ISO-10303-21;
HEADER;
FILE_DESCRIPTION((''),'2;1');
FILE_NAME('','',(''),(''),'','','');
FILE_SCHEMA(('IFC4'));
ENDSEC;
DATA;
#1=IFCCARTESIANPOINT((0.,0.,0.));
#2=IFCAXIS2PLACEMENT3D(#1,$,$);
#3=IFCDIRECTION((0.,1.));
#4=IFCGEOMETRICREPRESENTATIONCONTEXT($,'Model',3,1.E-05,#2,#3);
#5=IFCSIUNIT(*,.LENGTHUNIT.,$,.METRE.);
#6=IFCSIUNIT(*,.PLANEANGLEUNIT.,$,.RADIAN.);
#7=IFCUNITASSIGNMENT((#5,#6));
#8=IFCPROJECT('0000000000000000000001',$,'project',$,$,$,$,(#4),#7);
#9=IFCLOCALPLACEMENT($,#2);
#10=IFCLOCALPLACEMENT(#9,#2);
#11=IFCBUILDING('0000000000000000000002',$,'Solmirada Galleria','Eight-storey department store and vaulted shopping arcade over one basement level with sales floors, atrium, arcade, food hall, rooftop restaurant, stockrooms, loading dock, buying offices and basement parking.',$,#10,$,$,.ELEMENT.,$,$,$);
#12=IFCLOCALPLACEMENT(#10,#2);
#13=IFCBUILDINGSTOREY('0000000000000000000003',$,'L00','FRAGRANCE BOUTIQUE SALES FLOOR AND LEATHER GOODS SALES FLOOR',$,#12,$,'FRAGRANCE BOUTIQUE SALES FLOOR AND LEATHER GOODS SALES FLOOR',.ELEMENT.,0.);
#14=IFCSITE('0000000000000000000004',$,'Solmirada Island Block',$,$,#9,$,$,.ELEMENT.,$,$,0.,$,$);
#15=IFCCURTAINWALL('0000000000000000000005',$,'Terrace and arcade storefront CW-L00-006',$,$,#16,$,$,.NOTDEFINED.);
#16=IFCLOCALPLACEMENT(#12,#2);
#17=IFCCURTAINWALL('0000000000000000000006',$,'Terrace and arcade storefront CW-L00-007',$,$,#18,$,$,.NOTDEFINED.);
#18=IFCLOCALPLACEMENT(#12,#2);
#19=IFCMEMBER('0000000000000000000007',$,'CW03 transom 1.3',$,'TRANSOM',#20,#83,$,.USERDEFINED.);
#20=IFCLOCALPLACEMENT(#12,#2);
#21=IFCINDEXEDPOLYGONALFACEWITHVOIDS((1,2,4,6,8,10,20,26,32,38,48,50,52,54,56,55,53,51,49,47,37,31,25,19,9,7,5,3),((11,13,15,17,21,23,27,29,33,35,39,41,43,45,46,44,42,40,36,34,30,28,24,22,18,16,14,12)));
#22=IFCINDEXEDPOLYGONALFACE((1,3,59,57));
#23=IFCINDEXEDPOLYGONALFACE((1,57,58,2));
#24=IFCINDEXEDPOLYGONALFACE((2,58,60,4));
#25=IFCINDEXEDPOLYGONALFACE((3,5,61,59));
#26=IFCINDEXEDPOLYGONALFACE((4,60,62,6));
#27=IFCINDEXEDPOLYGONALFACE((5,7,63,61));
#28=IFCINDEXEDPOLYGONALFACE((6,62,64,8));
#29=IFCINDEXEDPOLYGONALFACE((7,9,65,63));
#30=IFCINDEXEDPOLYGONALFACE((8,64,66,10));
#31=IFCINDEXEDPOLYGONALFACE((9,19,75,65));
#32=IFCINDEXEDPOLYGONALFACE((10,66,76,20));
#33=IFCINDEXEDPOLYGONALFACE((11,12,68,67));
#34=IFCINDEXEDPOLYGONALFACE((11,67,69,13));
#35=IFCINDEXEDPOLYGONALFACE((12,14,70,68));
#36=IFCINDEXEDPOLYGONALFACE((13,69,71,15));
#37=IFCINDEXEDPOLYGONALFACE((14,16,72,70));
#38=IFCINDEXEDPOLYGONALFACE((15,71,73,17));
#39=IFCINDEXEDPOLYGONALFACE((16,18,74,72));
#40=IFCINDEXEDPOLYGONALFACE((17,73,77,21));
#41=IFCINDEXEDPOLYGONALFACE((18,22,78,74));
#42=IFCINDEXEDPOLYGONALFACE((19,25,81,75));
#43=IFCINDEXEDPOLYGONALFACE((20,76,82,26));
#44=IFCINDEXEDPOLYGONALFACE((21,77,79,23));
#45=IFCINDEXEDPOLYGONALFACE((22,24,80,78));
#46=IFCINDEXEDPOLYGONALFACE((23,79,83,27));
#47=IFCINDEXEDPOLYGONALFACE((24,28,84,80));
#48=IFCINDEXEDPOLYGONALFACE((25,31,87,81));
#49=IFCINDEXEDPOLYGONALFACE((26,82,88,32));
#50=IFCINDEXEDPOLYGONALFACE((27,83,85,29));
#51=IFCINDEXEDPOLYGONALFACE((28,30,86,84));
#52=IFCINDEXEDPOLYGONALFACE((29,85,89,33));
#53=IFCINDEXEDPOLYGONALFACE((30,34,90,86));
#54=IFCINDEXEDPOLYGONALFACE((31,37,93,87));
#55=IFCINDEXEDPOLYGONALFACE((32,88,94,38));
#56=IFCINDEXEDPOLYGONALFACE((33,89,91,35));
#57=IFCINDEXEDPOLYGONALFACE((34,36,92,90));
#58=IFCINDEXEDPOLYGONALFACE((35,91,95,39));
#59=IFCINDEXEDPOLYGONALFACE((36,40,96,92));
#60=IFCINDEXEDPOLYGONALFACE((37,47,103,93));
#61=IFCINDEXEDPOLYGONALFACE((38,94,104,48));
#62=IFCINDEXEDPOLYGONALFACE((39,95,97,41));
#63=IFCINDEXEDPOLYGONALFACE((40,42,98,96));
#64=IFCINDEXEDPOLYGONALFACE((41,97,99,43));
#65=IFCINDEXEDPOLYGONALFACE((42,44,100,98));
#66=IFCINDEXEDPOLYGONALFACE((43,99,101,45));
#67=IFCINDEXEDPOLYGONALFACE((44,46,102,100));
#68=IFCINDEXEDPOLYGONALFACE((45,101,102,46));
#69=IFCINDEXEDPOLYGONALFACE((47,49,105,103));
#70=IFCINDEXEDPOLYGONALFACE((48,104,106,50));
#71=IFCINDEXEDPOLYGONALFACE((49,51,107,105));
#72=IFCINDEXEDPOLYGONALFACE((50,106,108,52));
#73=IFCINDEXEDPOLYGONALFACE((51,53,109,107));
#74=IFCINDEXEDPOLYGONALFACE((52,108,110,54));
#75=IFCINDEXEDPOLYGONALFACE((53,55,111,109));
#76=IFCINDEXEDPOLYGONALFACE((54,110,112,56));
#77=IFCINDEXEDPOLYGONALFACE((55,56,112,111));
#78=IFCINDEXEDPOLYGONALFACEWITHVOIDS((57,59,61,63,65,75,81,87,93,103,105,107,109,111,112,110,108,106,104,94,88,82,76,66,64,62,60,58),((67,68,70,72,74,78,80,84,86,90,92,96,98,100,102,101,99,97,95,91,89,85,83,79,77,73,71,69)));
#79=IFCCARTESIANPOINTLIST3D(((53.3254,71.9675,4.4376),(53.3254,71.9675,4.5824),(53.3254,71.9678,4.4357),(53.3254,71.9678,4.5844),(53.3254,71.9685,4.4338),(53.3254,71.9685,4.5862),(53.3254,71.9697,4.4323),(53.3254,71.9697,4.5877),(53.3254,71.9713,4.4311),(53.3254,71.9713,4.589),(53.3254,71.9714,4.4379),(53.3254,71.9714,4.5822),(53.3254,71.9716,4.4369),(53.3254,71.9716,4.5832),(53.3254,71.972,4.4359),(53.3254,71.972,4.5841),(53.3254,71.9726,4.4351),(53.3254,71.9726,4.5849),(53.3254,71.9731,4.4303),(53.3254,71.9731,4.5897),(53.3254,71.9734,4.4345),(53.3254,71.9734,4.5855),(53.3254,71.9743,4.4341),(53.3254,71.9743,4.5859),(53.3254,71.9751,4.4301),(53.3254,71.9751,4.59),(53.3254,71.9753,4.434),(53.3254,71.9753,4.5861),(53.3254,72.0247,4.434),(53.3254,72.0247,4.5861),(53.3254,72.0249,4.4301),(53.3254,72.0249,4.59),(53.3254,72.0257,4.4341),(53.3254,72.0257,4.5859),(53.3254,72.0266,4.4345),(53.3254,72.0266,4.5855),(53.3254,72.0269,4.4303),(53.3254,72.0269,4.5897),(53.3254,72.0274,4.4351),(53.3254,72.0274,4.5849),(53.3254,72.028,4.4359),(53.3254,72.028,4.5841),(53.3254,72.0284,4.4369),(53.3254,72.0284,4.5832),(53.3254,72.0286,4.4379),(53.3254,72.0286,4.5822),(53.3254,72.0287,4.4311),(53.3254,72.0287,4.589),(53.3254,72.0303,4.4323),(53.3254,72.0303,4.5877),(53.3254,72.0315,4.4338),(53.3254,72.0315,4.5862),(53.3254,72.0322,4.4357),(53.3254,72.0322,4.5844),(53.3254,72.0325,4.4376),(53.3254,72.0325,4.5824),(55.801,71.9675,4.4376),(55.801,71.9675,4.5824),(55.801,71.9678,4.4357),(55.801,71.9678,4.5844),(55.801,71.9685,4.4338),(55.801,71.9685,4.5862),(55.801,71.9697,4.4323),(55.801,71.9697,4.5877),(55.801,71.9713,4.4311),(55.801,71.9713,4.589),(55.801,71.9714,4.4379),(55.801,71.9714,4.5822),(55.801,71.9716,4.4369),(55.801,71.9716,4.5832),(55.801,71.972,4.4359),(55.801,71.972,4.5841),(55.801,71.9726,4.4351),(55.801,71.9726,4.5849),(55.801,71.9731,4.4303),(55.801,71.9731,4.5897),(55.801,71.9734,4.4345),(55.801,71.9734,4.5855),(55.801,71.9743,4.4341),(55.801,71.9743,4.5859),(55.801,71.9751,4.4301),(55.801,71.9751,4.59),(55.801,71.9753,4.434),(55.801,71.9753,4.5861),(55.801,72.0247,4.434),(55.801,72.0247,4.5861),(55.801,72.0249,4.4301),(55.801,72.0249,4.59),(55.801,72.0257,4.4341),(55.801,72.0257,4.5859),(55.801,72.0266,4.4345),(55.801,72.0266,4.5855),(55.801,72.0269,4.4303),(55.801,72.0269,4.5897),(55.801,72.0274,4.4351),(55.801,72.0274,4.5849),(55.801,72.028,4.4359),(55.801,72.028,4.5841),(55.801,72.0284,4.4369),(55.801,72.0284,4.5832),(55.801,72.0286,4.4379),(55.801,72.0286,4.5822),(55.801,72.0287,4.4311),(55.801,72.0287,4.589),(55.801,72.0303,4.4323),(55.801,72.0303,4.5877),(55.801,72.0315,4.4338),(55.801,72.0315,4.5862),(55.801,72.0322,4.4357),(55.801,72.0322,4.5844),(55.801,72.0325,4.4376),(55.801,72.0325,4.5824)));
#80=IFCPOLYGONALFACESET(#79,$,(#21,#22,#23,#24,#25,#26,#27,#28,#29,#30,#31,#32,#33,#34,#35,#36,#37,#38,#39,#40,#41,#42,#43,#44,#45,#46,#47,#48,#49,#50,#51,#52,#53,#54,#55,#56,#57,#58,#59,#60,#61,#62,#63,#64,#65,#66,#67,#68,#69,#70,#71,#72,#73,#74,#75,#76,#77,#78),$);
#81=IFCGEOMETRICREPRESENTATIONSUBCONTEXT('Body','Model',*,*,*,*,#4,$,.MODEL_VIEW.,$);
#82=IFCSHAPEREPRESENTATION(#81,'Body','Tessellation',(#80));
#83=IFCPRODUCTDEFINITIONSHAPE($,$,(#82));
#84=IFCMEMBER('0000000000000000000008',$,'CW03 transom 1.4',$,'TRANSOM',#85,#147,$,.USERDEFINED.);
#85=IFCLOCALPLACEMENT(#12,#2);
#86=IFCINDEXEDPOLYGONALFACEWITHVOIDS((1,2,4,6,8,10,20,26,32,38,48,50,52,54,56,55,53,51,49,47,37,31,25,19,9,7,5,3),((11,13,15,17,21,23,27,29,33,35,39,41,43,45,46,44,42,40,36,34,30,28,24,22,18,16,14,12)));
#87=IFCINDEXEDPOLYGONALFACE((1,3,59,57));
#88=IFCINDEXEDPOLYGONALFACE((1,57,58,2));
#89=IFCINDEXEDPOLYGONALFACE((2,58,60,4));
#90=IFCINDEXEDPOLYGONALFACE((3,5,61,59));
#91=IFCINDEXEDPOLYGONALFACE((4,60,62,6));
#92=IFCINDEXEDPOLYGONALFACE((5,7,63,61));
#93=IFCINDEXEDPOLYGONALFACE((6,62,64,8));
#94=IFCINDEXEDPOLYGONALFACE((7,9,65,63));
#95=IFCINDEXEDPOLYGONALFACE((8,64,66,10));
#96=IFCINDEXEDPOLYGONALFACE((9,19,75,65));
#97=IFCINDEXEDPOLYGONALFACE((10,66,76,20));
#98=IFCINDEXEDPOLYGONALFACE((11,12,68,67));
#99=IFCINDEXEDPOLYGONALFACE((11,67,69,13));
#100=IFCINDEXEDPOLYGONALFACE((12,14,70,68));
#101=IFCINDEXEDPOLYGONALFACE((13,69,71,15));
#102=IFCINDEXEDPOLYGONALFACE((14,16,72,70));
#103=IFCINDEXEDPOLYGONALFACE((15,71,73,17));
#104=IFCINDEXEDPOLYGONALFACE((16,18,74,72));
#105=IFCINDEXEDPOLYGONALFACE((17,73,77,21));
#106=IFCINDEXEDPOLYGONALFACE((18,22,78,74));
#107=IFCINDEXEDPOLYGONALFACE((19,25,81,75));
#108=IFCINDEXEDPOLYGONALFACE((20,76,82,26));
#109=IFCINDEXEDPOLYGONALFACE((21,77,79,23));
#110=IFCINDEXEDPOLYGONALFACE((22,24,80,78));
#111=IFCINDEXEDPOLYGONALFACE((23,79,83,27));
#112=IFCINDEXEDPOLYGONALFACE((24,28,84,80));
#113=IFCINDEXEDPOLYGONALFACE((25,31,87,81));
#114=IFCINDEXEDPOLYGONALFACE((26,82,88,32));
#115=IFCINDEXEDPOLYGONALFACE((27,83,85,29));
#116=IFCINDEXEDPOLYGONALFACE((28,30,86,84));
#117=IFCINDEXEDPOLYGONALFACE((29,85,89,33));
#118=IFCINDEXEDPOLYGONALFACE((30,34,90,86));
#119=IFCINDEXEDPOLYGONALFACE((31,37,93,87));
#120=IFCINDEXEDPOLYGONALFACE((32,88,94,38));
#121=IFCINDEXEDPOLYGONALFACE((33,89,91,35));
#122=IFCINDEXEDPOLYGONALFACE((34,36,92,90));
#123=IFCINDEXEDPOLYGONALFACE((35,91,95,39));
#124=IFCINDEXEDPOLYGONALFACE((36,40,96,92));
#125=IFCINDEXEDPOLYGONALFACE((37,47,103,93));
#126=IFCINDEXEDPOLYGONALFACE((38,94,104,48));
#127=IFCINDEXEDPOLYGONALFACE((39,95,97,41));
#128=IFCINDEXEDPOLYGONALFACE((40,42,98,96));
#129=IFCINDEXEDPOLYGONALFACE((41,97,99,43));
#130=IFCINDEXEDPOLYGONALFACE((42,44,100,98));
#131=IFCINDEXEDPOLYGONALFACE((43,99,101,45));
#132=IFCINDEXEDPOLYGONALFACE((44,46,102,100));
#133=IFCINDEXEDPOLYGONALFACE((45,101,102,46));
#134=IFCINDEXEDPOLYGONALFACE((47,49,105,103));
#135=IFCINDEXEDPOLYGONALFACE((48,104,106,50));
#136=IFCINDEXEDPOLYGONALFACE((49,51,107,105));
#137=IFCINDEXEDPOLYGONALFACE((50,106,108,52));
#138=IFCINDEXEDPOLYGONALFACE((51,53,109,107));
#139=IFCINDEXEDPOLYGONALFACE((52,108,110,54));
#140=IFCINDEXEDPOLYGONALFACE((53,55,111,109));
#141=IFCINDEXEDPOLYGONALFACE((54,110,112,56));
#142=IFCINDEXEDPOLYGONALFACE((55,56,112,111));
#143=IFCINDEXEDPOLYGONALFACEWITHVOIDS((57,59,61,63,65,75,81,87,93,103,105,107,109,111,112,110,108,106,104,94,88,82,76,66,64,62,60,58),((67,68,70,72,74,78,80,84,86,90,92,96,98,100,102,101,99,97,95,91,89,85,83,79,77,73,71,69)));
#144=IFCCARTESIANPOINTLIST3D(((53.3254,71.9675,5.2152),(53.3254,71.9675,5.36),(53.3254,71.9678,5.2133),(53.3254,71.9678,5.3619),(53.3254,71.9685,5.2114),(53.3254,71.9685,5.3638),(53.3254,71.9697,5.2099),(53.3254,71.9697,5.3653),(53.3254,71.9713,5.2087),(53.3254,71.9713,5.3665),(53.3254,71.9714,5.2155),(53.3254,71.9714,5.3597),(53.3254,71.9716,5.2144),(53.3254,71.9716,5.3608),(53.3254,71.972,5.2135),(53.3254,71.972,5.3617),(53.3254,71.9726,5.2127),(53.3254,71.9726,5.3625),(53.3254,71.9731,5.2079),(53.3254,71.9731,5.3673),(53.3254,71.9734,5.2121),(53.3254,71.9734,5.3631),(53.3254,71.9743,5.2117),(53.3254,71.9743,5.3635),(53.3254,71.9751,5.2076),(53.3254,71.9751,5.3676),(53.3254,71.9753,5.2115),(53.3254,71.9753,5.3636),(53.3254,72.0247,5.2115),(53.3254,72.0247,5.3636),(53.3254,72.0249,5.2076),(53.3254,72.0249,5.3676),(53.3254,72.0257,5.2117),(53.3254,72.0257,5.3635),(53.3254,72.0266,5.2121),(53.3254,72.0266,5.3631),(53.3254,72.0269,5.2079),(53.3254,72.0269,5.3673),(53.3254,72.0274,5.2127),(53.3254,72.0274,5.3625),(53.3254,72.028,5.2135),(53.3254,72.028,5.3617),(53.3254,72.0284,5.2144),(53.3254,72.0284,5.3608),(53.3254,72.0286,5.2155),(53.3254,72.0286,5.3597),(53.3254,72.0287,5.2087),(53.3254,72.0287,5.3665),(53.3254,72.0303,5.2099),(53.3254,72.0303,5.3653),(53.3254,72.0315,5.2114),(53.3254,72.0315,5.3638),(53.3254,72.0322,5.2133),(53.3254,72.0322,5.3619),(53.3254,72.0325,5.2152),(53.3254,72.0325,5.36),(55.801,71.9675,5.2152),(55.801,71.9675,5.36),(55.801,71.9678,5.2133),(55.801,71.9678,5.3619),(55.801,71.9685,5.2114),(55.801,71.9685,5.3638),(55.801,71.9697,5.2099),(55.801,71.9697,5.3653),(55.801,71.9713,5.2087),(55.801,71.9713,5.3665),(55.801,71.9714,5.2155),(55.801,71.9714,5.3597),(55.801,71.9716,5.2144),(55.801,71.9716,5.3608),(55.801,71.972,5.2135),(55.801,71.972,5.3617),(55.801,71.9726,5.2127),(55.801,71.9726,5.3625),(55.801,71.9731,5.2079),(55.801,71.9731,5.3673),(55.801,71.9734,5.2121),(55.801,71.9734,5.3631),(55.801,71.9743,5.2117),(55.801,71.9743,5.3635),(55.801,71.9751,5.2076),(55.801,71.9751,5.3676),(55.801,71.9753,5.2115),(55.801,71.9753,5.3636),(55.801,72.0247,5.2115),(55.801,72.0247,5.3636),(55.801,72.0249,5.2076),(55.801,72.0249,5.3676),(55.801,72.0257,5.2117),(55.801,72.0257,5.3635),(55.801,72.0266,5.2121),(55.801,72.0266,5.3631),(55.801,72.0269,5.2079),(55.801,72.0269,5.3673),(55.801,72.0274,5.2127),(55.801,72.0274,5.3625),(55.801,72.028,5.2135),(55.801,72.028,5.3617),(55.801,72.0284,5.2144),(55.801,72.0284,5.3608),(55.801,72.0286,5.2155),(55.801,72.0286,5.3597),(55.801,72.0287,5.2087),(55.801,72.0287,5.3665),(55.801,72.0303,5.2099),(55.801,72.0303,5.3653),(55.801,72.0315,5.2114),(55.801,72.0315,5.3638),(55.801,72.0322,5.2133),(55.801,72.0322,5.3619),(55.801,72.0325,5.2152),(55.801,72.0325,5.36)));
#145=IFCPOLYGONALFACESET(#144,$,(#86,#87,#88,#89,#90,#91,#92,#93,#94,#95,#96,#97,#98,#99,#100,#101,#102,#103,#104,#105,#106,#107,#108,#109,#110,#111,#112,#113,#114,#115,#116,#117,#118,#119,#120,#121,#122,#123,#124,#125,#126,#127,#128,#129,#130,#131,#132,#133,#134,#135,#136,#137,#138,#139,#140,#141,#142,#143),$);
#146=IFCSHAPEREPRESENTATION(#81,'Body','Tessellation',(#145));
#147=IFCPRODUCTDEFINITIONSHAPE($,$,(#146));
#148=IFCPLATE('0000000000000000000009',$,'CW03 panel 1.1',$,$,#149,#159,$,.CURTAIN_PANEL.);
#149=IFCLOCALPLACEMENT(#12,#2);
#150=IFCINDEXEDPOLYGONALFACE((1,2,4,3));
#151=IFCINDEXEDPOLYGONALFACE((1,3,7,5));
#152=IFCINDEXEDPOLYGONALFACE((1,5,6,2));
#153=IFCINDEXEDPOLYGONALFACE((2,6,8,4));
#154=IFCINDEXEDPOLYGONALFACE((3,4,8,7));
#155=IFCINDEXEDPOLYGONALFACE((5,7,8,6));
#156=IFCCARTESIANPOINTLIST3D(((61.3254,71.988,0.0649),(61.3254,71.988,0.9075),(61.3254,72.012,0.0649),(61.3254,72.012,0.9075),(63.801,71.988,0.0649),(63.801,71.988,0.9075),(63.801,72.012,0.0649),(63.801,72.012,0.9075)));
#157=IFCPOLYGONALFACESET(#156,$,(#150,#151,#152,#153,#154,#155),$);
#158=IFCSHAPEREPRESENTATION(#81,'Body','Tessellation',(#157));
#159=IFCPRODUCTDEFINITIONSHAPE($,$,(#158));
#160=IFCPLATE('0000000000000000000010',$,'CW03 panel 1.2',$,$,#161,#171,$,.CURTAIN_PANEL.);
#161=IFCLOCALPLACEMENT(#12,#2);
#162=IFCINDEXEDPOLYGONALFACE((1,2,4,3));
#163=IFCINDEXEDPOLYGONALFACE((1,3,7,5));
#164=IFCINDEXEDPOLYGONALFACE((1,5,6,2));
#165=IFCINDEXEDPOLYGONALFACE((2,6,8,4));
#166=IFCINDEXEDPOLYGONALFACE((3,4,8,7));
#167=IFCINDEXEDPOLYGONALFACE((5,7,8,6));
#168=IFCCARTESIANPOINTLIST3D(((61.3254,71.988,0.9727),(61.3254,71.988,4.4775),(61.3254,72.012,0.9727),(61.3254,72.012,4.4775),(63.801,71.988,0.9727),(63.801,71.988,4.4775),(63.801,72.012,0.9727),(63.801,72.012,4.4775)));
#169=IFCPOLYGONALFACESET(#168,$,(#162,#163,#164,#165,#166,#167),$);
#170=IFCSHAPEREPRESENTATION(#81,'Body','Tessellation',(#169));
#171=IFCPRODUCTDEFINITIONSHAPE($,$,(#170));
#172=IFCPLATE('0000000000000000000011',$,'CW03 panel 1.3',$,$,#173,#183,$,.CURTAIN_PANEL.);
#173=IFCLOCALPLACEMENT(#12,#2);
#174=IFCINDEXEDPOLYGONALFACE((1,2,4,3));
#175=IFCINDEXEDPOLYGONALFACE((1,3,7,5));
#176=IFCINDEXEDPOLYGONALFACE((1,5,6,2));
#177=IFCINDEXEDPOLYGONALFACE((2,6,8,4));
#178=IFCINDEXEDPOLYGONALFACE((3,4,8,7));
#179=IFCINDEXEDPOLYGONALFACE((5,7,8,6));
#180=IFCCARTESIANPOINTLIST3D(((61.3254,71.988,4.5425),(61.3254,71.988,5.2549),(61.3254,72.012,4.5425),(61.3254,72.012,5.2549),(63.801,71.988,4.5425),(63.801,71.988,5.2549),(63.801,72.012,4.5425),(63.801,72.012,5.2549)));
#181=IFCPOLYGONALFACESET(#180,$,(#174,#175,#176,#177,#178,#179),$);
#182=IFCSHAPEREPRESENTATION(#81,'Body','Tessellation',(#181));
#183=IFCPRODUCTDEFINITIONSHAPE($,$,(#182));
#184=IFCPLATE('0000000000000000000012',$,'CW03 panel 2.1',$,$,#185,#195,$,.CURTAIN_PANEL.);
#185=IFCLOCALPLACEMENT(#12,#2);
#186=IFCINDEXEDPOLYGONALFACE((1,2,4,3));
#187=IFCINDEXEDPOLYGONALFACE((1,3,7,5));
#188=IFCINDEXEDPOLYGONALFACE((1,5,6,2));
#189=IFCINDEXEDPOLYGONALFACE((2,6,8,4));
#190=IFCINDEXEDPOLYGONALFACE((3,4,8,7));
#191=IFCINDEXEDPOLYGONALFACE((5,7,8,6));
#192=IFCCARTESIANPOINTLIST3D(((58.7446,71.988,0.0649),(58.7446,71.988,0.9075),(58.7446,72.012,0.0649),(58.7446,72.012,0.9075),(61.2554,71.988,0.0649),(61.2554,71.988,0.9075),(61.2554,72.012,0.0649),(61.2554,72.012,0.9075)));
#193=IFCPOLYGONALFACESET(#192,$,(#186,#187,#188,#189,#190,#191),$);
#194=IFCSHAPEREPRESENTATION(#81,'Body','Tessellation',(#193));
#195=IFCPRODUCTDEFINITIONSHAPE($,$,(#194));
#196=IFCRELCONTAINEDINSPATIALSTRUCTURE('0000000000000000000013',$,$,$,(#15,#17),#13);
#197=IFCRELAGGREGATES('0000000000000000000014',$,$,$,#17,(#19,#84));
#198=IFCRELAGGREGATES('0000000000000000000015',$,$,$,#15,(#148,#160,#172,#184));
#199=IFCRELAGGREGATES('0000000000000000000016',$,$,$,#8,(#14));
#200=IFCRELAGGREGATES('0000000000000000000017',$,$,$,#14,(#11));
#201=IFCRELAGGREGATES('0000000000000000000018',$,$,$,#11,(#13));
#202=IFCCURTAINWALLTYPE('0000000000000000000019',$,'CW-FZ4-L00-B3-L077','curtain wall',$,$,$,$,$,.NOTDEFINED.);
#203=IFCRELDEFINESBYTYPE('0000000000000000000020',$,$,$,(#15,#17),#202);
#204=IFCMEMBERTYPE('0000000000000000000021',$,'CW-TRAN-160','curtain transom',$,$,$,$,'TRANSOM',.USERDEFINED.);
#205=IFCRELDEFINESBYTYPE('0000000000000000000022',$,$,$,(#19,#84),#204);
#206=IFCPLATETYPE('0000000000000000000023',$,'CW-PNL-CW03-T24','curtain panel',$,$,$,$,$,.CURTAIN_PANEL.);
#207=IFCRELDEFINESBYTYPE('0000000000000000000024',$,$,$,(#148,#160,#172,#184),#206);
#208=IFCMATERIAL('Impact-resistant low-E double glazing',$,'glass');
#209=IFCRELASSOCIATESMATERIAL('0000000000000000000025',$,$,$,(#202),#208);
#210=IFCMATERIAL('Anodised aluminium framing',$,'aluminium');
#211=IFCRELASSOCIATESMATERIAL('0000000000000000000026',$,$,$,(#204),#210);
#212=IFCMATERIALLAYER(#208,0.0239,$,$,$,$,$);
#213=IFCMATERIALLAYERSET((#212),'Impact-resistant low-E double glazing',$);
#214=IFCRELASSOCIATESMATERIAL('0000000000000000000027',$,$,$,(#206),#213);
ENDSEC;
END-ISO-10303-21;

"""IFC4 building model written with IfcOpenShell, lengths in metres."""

from ifc_helpers import new_model, si_unit, direction, frame, origin, origin_2d, place, context, subcontext, project, spatial, rectangle, hollow_rectangle, extrude, material, layer, layer_set, material_profile, profile_set, type_object, element, aggregate, save


model = new_model("IFC4")

# Units and contexts
model_context = context("Model", 3, precision=1e-05, world=origin(), true_north=direction((0.0, 1.0)))
body_context = subcontext(model_context, "Body", "Model", "MODEL_VIEW")
ifc_project = project(units=[si_unit("LENGTHUNIT", "METRE"), si_unit("PLANEANGLEUNIT", "RADIAN")], contexts=[model_context])

# Site, building, storey
site_placement = place(None, origin())
site = spatial("IfcSite", under=ifc_project, at=site_placement, Name="Solmirada Island Block", CompositionType="ELEMENT", RefElevation=0.0)
building_placement = place(site_placement, origin())
building = spatial("IfcBuilding", under=site, at=building_placement, Name="Solmirada Galleria", Description="Eight-storey department store and vaulted shopping arcade over one basement level with sales floors, atrium, arcade, food hall, rooftop restaurant, stockrooms, loading dock, buying offices and basement parking.", CompositionType="ELEMENT")
storey_placement = place(building_placement, origin())
storey = spatial("IfcBuildingStorey", under=building, at=storey_placement, Name="L00", Description="FRAGRANCE BOUTIQUE SALES FLOOR AND LEATHER GOODS SALES FLOOR", LongName="FRAGRANCE BOUTIQUE SALES FLOOR AND LEATHER GOODS SALES FLOOR", CompositionType="ELEMENT", Elevation=0.0)

# Curtain wall
ifc_material_1 = material(Name="Impact-resistant low-E double glazing", Category="glass")
curtain_wall_type_1 = type_object("IfcCurtainWallType", Name="CW-FZ4-L00-B3-L077", Description="curtain wall", PredefinedType="NOTDEFINED", material=ifc_material_1)
curtain_wall_1_placement = place(storey_placement, origin())
curtain_wall_1 = element("IfcCurtainWall", 1, at=curtain_wall_1_placement, inside=storey, type_object=curtain_wall_type_1, Name="Terrace and arcade storefront CW-L00-006", PredefinedType="NOTDEFINED")
ifc_material_2 = material(Name="Anodised aluminium framing", Category="aluminium")

# Curtain wall
curtain_wall_2_placement = place(storey_placement, origin())
curtain_wall_2 = element("IfcCurtainWall", 2, at=curtain_wall_2_placement, inside=storey, type_object=curtain_wall_type_1, Name="Terrace and arcade storefront CW-L00-007", PredefinedType="NOTDEFINED")

# Members
ifc_material_profile_1 = material_profile(ifc_material_2, hollow_rectangle(XDim=0.0649, YDim=0.1599, WallThickness=0.0039, InnerFilletRadius=0.0039, OuterFilletRadius=0.0076, at=origin_2d()), Name="ALU-TRAN-160X65")
ifc_profile_set_1 = profile_set([ifc_material_profile_1], Name="Anodised aluminium framing")
member_type_1 = type_object("IfcMemberType", Name="CW-TRAN-160", Description="curtain transom", ElementType="TRANSOM", PredefinedType="USERDEFINED", material=ifc_profile_set_1)
member_1_placement = place(storey_placement, frame((55.801, 72.0, 4.51), z_axis=(-1.0, 0.0, 0.0), x_axis=(0.0, -1.0, 0.0)))
member_1 = element("IfcMember", 3, at=member_1_placement, type_object=member_type_1, Name="CW03 transom 1.3", ObjectType="TRANSOM", PredefinedType="USERDEFINED", context=body_context, shape_type="SweptSolid", body=[
    extrude(hollow_rectangle(XDim=0.0649, YDim=0.1599, WallThickness=0.0039, InnerFilletRadius=0.0039, OuterFilletRadius=0.0076, at=origin_2d()), origin(), (0.0, 0.0, 1.0), 2.4756),
])
member_2_placement = place(storey_placement, frame((55.801, 72.0, 5.2876), z_axis=(-1.0, 0.0, 0.0), x_axis=(0.0, -1.0, 0.0)))
member_2 = element("IfcMember", 4, at=member_2_placement, type_object=member_type_1, Name="CW03 transom 1.4", ObjectType="TRANSOM", PredefinedType="USERDEFINED", context=body_context, shape_type="SweptSolid", body=[
    extrude(hollow_rectangle(XDim=0.0649, YDim=0.1599, WallThickness=0.0039, InnerFilletRadius=0.0039, OuterFilletRadius=0.0076, at=origin_2d()), origin(), (0.0, 0.0, 1.0), 2.4756),
])
aggregate(curtain_wall_2, [member_1, member_2])

# Plates
ifc_layer_1 = layer(ifc_material_1, 0.0239)
ifc_layer_set_1 = layer_set([ifc_layer_1], Name="Impact-resistant low-E double glazing")
plate_type = type_object("IfcPlateType", Name="CW-PNL-CW03-T24", Description="curtain panel", PredefinedType="CURTAIN_PANEL", material=ifc_layer_set_1)
plate_1_placement = place(storey_placement, frame((62.5632, 72.0, 0.0649), z_axis=(0.0, 0.0, 1.0), x_axis=(-1.0, 0.0, 0.0)))
plate_1 = element("IfcPlate", 5, at=plate_1_placement, type_object=plate_type, Name="CW03 panel 1.1", PredefinedType="CURTAIN_PANEL", context=body_context, shape_type="SweptSolid", body=[
    extrude(rectangle(XDim=2.4756, YDim=0.0239, at=origin_2d()), origin(), (0.0, 0.0, 1.0), 0.8425),
])
plate_2_placement = place(storey_placement, frame((62.5632, 72.0, 0.9727), z_axis=(0.0, 0.0, 1.0), x_axis=(-1.0, 0.0, 0.0)))
plate_2 = element("IfcPlate", 6, at=plate_2_placement, type_object=plate_type, Name="CW03 panel 1.2", PredefinedType="CURTAIN_PANEL", context=body_context, shape_type="SweptSolid", body=[
    extrude(rectangle(XDim=2.4756, YDim=0.0239, at=origin_2d()), origin(), (0.0, 0.0, 1.0), 3.5049),
])
plate_3_placement = place(storey_placement, frame((62.5632, 72.0, 4.5425), z_axis=(0.0, 0.0, 1.0), x_axis=(-1.0, 0.0, 0.0)))
plate_3 = element("IfcPlate", 7, at=plate_3_placement, type_object=plate_type, Name="CW03 panel 1.3", PredefinedType="CURTAIN_PANEL", context=body_context, shape_type="SweptSolid", body=[
    extrude(rectangle(XDim=2.4756, YDim=0.0239, at=origin_2d()), origin(), (0.0, 0.0, 1.0), 0.7124),
])
plate_4_placement = place(storey_placement, frame((60.0, 72.0, 0.0649), z_axis=(0.0, 0.0, 1.0), x_axis=(-1.0, 0.0, 0.0)))
plate_4 = element("IfcPlate", 8, at=plate_4_placement, type_object=plate_type, Name="CW03 panel 2.1", PredefinedType="CURTAIN_PANEL", context=body_context, shape_type="SweptSolid", body=[
    extrude(rectangle(XDim=2.5107, YDim=0.0239, at=origin_2d()), origin(), (0.0, 0.0, 1.0), 0.8425),
])
aggregate(curtain_wall_1, [plate_1, plate_2, plate_3, plate_4])

save(model, "model.ifc")
